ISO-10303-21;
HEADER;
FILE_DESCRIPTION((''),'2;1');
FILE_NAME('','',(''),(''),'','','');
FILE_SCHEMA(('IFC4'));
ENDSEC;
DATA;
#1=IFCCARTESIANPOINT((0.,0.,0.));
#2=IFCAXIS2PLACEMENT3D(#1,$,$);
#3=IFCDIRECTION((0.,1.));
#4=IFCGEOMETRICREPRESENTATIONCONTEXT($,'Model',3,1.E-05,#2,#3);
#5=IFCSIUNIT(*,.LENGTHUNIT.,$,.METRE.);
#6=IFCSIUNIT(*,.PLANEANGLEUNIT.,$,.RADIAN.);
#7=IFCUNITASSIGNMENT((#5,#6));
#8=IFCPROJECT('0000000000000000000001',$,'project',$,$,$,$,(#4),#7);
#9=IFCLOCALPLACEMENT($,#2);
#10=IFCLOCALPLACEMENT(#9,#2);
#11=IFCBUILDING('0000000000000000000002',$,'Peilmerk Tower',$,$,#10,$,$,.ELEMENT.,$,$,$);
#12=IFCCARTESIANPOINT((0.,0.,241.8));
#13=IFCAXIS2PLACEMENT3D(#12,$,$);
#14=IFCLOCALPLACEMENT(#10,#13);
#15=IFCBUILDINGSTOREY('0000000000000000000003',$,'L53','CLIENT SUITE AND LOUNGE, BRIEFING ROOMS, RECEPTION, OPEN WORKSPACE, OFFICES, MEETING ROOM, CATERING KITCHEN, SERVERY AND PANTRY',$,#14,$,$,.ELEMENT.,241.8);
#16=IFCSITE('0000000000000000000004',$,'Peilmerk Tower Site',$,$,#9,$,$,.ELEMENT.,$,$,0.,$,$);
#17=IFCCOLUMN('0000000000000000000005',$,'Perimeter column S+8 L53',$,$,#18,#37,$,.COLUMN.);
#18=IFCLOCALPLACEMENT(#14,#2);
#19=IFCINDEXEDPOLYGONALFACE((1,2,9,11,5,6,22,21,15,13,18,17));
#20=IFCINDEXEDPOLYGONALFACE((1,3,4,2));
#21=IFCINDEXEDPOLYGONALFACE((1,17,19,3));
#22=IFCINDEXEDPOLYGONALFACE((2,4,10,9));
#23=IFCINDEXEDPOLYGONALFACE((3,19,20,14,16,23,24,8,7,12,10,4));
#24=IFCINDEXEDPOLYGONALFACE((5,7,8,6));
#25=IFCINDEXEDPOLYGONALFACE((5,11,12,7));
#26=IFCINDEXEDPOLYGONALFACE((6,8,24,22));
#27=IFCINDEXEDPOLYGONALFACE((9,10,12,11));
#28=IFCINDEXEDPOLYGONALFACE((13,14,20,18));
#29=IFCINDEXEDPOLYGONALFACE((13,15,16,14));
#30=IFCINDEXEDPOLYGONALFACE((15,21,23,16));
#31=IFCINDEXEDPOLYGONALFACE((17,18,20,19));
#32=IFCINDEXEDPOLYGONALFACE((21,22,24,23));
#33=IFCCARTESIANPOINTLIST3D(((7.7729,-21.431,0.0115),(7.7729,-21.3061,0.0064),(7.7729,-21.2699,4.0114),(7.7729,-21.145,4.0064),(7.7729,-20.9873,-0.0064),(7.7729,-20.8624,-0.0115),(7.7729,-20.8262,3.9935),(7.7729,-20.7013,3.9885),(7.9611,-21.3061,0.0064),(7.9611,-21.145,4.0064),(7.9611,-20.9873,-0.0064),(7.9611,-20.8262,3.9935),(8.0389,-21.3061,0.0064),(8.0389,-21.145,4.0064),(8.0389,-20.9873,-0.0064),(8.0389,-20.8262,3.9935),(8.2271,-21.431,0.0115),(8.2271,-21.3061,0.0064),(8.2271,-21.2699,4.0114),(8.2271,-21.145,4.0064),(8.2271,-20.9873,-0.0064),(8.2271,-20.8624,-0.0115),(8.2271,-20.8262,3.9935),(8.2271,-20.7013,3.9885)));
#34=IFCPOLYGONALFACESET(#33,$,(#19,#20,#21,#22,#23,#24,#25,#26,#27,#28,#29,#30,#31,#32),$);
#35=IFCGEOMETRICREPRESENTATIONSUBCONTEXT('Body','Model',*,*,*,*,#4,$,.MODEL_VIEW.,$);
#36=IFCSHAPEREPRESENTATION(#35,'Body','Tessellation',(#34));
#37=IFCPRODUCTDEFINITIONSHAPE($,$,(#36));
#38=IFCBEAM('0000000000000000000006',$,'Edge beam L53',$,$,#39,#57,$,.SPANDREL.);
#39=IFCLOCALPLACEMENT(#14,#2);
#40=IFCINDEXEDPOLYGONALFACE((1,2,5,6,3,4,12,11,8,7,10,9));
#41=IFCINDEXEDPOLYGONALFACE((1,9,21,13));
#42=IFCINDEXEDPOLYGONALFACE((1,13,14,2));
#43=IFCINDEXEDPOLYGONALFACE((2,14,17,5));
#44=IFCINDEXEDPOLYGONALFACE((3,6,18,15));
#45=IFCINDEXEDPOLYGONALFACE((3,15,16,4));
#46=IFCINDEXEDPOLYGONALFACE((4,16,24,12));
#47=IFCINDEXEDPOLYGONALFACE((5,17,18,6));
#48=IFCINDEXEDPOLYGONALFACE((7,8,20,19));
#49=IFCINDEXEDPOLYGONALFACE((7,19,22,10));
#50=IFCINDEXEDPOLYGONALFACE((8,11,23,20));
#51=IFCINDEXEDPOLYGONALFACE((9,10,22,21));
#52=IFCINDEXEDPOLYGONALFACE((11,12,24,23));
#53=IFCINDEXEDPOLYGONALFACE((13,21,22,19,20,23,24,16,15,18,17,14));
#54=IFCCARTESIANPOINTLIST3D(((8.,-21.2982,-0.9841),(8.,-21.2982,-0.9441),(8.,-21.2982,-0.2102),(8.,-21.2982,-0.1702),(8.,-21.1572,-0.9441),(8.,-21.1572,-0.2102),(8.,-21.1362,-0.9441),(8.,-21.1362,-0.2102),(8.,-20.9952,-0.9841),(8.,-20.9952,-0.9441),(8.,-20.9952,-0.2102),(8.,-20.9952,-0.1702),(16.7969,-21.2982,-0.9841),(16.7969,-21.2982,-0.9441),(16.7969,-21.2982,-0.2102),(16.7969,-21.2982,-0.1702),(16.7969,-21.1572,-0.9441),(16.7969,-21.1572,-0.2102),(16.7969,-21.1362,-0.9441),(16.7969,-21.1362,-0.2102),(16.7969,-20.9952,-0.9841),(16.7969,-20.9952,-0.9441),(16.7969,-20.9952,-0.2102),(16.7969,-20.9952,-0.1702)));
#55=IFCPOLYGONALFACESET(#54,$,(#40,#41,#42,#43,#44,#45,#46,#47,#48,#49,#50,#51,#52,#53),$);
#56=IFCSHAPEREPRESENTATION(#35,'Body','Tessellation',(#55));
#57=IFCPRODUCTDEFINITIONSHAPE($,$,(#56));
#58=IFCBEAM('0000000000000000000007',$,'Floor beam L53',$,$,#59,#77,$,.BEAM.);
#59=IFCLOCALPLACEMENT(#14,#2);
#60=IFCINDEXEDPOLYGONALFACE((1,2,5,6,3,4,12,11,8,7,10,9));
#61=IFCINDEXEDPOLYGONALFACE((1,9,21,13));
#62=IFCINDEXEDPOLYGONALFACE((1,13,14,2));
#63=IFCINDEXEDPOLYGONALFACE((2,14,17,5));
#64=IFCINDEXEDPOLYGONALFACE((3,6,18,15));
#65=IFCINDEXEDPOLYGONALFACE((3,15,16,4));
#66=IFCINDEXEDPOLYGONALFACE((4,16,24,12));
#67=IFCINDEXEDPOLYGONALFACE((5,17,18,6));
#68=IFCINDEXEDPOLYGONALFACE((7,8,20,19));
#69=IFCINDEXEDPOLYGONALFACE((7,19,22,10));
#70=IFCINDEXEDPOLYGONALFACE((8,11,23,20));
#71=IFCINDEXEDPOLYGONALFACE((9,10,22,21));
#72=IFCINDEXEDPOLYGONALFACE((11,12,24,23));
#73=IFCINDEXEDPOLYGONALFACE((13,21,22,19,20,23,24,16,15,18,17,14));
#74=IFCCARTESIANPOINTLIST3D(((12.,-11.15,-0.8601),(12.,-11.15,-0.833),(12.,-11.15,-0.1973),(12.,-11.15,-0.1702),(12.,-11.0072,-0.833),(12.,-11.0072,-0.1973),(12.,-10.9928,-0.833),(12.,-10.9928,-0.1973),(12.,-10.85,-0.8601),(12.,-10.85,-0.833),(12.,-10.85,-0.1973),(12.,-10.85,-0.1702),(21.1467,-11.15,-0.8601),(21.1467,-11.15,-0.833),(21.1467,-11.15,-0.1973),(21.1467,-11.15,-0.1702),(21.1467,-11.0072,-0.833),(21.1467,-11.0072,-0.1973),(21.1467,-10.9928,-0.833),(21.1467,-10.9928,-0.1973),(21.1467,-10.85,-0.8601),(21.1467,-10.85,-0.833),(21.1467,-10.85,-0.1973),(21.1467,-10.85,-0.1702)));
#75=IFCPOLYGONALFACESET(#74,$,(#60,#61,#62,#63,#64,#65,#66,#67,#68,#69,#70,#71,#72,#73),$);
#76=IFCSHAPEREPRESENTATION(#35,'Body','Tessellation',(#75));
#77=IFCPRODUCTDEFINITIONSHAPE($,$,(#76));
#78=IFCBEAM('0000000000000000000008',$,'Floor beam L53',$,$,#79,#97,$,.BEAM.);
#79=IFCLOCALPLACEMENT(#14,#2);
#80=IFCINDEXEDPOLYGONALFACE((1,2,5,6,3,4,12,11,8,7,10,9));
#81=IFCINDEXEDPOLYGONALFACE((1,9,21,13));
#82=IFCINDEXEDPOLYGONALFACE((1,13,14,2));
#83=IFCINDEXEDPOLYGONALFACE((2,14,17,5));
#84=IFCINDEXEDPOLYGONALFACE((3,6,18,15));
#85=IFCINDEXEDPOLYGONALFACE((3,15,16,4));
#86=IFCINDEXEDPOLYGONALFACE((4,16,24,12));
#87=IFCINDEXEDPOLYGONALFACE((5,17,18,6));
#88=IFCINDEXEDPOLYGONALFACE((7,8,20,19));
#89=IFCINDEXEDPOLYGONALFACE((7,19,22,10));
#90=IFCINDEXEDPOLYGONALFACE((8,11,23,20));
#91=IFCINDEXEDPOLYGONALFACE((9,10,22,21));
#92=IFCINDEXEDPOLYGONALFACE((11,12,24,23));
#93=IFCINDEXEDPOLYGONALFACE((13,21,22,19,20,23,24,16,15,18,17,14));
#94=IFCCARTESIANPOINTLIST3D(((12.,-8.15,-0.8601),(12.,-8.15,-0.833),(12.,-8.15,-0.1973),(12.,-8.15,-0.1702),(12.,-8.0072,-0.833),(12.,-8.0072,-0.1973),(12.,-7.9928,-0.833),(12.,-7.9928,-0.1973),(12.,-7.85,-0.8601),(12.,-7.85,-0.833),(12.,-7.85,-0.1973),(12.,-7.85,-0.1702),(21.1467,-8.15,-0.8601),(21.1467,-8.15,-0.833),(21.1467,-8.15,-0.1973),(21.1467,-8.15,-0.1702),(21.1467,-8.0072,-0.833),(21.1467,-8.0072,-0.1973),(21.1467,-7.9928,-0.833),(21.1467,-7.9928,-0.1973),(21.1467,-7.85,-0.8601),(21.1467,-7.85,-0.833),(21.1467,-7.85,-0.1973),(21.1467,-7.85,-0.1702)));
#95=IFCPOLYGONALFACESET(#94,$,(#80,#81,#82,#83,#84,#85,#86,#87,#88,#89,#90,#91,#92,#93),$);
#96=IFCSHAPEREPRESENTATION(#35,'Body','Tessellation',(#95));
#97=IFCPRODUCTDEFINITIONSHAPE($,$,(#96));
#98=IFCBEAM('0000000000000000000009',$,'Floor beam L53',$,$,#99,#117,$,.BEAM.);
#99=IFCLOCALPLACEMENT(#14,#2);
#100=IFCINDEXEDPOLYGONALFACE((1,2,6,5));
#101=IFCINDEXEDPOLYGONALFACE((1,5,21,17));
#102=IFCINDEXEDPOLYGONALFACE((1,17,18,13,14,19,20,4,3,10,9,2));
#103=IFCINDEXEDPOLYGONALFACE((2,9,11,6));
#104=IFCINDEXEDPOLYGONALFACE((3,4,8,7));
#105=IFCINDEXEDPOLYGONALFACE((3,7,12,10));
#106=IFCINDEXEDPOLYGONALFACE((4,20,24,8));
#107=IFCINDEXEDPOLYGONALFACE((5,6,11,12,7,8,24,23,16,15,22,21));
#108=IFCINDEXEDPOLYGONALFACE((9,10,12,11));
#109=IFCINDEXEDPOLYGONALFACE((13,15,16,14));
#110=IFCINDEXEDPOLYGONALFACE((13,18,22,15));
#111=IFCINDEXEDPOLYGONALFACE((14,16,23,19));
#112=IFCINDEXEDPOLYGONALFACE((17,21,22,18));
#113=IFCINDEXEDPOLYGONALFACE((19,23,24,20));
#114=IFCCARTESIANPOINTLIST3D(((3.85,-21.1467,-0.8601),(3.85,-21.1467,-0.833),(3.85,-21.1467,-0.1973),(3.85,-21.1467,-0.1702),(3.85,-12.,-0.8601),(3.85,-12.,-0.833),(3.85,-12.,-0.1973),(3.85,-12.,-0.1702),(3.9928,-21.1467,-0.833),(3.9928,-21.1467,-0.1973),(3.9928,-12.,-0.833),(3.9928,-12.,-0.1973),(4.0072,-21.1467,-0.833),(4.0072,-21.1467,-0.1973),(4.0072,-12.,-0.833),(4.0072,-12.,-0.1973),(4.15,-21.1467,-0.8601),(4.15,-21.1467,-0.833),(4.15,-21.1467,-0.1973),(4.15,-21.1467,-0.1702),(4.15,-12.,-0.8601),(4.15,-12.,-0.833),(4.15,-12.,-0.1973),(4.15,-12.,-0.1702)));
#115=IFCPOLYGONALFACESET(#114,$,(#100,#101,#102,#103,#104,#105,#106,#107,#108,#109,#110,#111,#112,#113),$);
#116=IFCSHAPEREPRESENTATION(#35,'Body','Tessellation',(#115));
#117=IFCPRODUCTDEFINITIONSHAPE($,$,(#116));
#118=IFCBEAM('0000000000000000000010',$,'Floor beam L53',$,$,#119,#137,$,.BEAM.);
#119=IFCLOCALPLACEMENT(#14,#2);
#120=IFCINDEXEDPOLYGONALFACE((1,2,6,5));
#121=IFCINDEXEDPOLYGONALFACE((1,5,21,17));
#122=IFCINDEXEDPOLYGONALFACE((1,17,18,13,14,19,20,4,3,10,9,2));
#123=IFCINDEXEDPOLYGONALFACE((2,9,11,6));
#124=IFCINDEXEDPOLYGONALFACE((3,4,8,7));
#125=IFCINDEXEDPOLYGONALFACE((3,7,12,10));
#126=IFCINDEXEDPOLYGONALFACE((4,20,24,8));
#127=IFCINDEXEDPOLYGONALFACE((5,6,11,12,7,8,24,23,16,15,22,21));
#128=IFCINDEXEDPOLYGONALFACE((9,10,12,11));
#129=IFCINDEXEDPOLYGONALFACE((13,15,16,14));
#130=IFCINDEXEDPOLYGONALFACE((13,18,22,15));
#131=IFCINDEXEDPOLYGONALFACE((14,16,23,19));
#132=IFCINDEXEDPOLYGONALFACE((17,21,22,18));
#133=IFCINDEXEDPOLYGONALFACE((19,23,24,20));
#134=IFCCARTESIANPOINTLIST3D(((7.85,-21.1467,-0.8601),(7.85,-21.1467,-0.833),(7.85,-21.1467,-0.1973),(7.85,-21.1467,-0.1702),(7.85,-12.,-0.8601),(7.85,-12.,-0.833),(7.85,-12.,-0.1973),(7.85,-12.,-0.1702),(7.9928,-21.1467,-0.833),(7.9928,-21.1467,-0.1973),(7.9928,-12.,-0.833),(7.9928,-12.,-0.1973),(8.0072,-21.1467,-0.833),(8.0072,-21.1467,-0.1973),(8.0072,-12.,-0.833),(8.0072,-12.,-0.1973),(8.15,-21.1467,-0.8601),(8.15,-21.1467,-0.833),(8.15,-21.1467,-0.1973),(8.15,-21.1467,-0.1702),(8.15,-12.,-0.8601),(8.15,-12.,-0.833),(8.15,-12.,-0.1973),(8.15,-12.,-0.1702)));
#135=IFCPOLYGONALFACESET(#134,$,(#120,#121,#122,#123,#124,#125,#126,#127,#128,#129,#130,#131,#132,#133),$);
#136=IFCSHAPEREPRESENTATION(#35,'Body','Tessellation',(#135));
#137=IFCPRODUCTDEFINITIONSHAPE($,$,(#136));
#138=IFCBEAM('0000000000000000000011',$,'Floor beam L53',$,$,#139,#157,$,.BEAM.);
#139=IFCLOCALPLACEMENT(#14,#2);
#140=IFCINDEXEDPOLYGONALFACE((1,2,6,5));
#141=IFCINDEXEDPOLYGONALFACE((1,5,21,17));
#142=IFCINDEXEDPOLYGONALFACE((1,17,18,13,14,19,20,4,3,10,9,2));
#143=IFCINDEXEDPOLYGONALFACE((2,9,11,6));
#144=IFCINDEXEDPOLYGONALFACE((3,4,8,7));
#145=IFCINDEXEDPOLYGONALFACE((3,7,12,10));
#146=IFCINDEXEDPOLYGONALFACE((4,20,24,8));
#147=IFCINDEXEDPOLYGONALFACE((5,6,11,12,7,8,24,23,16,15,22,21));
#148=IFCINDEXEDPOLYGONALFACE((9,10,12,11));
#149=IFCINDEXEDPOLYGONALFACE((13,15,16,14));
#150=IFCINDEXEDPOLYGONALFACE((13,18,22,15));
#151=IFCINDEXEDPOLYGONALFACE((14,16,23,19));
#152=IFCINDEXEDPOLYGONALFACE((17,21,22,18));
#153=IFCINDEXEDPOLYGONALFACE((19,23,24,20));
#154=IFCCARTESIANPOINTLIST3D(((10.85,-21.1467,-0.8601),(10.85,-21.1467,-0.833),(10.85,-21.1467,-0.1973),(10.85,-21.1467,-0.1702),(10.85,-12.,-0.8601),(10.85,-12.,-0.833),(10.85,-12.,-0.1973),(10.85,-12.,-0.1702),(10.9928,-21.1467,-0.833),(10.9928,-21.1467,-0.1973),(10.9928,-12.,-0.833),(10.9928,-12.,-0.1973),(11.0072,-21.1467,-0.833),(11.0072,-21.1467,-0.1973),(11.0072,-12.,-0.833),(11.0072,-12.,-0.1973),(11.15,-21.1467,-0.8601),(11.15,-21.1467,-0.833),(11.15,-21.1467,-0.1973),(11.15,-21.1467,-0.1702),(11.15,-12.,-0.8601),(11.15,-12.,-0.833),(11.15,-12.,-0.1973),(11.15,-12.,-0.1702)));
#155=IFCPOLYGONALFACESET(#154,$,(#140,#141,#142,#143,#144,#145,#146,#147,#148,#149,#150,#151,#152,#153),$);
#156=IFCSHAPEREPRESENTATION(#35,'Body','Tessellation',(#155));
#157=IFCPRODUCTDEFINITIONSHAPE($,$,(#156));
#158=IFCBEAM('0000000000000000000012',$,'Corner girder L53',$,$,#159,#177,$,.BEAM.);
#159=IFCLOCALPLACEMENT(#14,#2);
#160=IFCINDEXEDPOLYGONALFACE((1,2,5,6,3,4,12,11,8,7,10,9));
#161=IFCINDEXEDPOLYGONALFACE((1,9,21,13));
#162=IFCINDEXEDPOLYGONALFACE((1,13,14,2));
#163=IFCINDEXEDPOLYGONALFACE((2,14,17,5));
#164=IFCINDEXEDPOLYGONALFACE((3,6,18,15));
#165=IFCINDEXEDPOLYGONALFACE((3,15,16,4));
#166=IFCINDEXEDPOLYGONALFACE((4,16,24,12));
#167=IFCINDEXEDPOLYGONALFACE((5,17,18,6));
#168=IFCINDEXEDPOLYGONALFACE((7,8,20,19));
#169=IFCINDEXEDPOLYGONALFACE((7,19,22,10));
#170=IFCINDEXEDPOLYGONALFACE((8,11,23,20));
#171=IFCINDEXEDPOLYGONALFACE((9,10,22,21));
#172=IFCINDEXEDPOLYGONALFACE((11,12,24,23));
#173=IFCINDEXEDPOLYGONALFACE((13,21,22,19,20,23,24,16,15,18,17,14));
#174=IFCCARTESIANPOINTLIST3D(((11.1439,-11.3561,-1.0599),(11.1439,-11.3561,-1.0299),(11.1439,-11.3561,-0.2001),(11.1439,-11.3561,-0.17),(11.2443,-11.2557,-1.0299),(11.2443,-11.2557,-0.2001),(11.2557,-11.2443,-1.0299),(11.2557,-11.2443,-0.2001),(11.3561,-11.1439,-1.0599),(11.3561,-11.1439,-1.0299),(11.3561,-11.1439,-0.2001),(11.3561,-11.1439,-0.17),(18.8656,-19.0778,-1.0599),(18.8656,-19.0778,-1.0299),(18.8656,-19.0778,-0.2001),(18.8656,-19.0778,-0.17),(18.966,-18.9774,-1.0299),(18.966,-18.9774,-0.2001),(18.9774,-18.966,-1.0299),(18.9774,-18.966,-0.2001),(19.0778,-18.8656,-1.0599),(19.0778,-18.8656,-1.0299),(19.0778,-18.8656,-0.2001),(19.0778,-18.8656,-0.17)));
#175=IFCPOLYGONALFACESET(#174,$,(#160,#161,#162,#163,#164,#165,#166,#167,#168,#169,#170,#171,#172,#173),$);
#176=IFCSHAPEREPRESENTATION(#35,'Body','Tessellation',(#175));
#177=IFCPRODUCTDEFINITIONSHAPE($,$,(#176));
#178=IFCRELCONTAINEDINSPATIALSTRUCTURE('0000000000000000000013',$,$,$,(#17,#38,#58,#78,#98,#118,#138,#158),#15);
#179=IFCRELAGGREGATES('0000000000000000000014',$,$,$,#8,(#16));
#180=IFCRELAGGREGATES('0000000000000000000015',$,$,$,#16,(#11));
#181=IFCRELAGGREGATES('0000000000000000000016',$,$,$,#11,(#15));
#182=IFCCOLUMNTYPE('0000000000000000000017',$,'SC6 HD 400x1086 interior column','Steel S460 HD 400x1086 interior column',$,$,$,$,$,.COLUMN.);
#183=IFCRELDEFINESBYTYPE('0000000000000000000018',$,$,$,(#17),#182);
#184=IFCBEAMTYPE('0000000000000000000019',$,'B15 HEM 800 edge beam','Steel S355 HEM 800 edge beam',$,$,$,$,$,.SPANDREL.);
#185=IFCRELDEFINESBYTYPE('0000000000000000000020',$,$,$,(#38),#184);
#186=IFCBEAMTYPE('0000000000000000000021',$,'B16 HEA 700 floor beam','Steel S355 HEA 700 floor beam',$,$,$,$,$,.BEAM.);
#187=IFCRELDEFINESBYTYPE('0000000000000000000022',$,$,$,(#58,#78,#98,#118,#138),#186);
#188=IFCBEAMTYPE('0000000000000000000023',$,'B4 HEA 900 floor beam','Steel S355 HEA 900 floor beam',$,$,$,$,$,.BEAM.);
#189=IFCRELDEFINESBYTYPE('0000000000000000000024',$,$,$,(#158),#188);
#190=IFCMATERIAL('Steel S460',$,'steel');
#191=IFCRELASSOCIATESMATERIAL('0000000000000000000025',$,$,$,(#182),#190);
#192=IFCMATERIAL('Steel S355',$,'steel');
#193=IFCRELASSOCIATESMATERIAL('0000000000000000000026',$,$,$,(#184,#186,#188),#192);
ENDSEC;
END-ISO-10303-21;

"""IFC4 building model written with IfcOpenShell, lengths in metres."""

from ifc_helpers import new_model, si_unit, direction, frame, origin, origin_2d, place, context, subcontext, project, spatial, i_section, extrude, material, material_profile, profile_set, type_object, element, save


model = new_model("IFC4")

# Units and contexts
model_context = context("Model", 3, precision=1e-05, world=origin(), true_north=direction((0.0, 1.0)))
body_context = subcontext(model_context, "Body", "Model", "MODEL_VIEW")
ifc_project = project(units=[si_unit("LENGTHUNIT", "METRE"), si_unit("PLANEANGLEUNIT", "RADIAN")], contexts=[model_context])

# Site, building, storey
site_placement = place(None, origin())
site = spatial("IfcSite", under=ifc_project, at=site_placement, Name="Peilmerk Tower Site", CompositionType="ELEMENT", RefElevation=0.0)
building_placement = place(site_placement, origin())
building = spatial("IfcBuilding", under=site, at=building_placement, Name="Peilmerk Tower", CompositionType="ELEMENT")
storey_placement = place(building_placement, frame((0.0, 0.0, 241.8)))
storey = spatial("IfcBuildingStorey", under=building, at=storey_placement, Name="L53", Description="CLIENT SUITE AND LOUNGE, BRIEFING ROOMS, RECEPTION, OPEN WORKSPACE, OFFICES, MEETING ROOM, CATERING KITCHEN, SERVERY AND PANTRY", CompositionType="ELEMENT", Elevation=241.8)

# Column
ifc_material_1 = material(Name="Steel S460", Category="steel")
ifc_material_profile_1 = material_profile(ifc_material_1, i_section(OverallWidth=0.4541, OverallDepth=0.5691, WebThickness=0.0779, FlangeThickness=0.125, at=origin_2d()), Name="HD 400x1086")
ifc_profile_set_1 = profile_set([ifc_material_profile_1], Name="Steel S460")
column_type = type_object("IfcColumnType", Name="SC6 HD 400x1086 interior column", Description="Steel S460 HD 400x1086 interior column", PredefinedType="COLUMN", material=ifc_profile_set_1)
column_placement = place(storey_placement, frame((8.0, -21.1467, 0.0), z_axis=(0.0, 0.040251, 0.99919), x_axis=(-1.0, 0.0, 0.0)))
element("IfcColumn", 1, at=column_placement, inside=storey, type_object=column_type, Name="Perimeter column S+8 L53", PredefinedType="COLUMN", context=body_context, shape_type="SweptSolid", body=[
    extrude(i_section(OverallWidth=0.4541, OverallDepth=0.5691, WebThickness=0.0779, FlangeThickness=0.125, at=origin_2d()), origin(), (0.0, 0.0, 1.0), 4.0032),
])

# Beams
ifc_material_2 = material(Name="Steel S355", Category="steel")
ifc_material_profile_2 = material_profile(ifc_material_2, i_section(OverallWidth=0.303, OverallDepth=0.814, WebThickness=0.021, FlangeThickness=0.04, at=origin_2d()), Name="HEM 800")
ifc_profile_set_2 = profile_set([ifc_material_profile_2], Name="Steel S355")
beam_type_1 = type_object("IfcBeamType", Name="B15 HEM 800 edge beam", Description="Steel S355 HEM 800 edge beam", PredefinedType="SPANDREL", material=ifc_profile_set_2)
beam_1_placement = place(storey_placement, frame((8.0, -21.1467, -0.5771), z_axis=(1.0, 0.0, 0.0), x_axis=(0.0, 1.0, 0.0)))
element("IfcBeam", 2, at=beam_1_placement, inside=storey, type_object=beam_type_1, Name="Edge beam L53", PredefinedType="SPANDREL", context=body_context, shape_type="SweptSolid", body=[
    extrude(i_section(OverallWidth=0.303, OverallDepth=0.814, WebThickness=0.021, FlangeThickness=0.04, at=origin_2d()), origin(), (0.0, 0.0, 1.0), 8.7969),
])
ifc_material_profile_3 = material_profile(ifc_material_2, i_section(OverallWidth=0.3, OverallDepth=0.6899, WebThickness=0.0144, FlangeThickness=0.0271, at=origin_2d()), Name="HEA 700")
ifc_profile_set_3 = profile_set([ifc_material_profile_3], Name="Steel S355")
beam_type_2 = type_object("IfcBeamType", Name="B16 HEA 700 floor beam", Description="Steel S355 HEA 700 floor beam", PredefinedType="BEAM", material=ifc_profile_set_3)
for number, where, z_axis, x_axis, name in (
    (3, (12.0, -11.0, -0.5151), (1.0, 0.0, 0.0), (0.0, 1.0, 0.0), "Floor beam L53"),
    (4, (12.0, -8.0, -0.5151), (1.0, 0.0, 0.0), (0.0, 1.0, 0.0), "Floor beam L53"),
    (5, (4.0, -12.0, -0.5151), (0.0, -1.0, 0.0), (1.0, 0.0, 0.0), "Floor beam L53"),
    (6, (8.0, -12.0, -0.5151), (0.0, -1.0, 0.0), (1.0, 0.0, 0.0), "Floor beam L53"),
    (7, (11.0, -12.0, -0.5151), (0.0, -1.0, 0.0), (1.0, 0.0, 0.0), "Floor beam L53"),
):
    element("IfcBeam", number, at=place(storey_placement, frame(where, z_axis=z_axis, x_axis=x_axis)), inside=storey, type_object=beam_type_2, Name=name, PredefinedType="BEAM", context=body_context, shape_type="SweptSolid", body=[
        extrude(i_section(OverallWidth=0.3, OverallDepth=0.6899, WebThickness=0.0144, FlangeThickness=0.0271, at=origin_2d()), origin(), (0.0, 0.0, 1.0), 9.1467),
    ])
ifc_material_profile_4 = material_profile(ifc_material_2, i_section(OverallWidth=0.3, OverallDepth=0.8899, WebThickness=0.0161, FlangeThickness=0.03, at=origin_2d()), Name="HEA 900")
ifc_profile_set_4 = profile_set([ifc_material_profile_4], Name="Steel S355")
beam_type_3 = type_object("IfcBeamType", Name="B4 HEA 900 floor beam", Description="Steel S355 HEA 900 floor beam", PredefinedType="BEAM", material=ifc_profile_set_4)
beam_2_placement = place(storey_placement, frame((11.25, -11.25, -0.615), z_axis=(0.707107, -0.707107, 0.0), x_axis=(0.707107, 0.707107, 0.0)))
element("IfcBeam", 8, at=beam_2_placement, inside=storey, type_object=beam_type_3, Name="Corner girder L53", PredefinedType="BEAM", context=body_context, shape_type="SweptSolid", body=[
    extrude(i_section(OverallWidth=0.3, OverallDepth=0.8899, WebThickness=0.0161, FlangeThickness=0.03, at=origin_2d()), origin(), (0.0, 0.0, 1.0), 10.9202),
])

save(model, "model.ifc")
